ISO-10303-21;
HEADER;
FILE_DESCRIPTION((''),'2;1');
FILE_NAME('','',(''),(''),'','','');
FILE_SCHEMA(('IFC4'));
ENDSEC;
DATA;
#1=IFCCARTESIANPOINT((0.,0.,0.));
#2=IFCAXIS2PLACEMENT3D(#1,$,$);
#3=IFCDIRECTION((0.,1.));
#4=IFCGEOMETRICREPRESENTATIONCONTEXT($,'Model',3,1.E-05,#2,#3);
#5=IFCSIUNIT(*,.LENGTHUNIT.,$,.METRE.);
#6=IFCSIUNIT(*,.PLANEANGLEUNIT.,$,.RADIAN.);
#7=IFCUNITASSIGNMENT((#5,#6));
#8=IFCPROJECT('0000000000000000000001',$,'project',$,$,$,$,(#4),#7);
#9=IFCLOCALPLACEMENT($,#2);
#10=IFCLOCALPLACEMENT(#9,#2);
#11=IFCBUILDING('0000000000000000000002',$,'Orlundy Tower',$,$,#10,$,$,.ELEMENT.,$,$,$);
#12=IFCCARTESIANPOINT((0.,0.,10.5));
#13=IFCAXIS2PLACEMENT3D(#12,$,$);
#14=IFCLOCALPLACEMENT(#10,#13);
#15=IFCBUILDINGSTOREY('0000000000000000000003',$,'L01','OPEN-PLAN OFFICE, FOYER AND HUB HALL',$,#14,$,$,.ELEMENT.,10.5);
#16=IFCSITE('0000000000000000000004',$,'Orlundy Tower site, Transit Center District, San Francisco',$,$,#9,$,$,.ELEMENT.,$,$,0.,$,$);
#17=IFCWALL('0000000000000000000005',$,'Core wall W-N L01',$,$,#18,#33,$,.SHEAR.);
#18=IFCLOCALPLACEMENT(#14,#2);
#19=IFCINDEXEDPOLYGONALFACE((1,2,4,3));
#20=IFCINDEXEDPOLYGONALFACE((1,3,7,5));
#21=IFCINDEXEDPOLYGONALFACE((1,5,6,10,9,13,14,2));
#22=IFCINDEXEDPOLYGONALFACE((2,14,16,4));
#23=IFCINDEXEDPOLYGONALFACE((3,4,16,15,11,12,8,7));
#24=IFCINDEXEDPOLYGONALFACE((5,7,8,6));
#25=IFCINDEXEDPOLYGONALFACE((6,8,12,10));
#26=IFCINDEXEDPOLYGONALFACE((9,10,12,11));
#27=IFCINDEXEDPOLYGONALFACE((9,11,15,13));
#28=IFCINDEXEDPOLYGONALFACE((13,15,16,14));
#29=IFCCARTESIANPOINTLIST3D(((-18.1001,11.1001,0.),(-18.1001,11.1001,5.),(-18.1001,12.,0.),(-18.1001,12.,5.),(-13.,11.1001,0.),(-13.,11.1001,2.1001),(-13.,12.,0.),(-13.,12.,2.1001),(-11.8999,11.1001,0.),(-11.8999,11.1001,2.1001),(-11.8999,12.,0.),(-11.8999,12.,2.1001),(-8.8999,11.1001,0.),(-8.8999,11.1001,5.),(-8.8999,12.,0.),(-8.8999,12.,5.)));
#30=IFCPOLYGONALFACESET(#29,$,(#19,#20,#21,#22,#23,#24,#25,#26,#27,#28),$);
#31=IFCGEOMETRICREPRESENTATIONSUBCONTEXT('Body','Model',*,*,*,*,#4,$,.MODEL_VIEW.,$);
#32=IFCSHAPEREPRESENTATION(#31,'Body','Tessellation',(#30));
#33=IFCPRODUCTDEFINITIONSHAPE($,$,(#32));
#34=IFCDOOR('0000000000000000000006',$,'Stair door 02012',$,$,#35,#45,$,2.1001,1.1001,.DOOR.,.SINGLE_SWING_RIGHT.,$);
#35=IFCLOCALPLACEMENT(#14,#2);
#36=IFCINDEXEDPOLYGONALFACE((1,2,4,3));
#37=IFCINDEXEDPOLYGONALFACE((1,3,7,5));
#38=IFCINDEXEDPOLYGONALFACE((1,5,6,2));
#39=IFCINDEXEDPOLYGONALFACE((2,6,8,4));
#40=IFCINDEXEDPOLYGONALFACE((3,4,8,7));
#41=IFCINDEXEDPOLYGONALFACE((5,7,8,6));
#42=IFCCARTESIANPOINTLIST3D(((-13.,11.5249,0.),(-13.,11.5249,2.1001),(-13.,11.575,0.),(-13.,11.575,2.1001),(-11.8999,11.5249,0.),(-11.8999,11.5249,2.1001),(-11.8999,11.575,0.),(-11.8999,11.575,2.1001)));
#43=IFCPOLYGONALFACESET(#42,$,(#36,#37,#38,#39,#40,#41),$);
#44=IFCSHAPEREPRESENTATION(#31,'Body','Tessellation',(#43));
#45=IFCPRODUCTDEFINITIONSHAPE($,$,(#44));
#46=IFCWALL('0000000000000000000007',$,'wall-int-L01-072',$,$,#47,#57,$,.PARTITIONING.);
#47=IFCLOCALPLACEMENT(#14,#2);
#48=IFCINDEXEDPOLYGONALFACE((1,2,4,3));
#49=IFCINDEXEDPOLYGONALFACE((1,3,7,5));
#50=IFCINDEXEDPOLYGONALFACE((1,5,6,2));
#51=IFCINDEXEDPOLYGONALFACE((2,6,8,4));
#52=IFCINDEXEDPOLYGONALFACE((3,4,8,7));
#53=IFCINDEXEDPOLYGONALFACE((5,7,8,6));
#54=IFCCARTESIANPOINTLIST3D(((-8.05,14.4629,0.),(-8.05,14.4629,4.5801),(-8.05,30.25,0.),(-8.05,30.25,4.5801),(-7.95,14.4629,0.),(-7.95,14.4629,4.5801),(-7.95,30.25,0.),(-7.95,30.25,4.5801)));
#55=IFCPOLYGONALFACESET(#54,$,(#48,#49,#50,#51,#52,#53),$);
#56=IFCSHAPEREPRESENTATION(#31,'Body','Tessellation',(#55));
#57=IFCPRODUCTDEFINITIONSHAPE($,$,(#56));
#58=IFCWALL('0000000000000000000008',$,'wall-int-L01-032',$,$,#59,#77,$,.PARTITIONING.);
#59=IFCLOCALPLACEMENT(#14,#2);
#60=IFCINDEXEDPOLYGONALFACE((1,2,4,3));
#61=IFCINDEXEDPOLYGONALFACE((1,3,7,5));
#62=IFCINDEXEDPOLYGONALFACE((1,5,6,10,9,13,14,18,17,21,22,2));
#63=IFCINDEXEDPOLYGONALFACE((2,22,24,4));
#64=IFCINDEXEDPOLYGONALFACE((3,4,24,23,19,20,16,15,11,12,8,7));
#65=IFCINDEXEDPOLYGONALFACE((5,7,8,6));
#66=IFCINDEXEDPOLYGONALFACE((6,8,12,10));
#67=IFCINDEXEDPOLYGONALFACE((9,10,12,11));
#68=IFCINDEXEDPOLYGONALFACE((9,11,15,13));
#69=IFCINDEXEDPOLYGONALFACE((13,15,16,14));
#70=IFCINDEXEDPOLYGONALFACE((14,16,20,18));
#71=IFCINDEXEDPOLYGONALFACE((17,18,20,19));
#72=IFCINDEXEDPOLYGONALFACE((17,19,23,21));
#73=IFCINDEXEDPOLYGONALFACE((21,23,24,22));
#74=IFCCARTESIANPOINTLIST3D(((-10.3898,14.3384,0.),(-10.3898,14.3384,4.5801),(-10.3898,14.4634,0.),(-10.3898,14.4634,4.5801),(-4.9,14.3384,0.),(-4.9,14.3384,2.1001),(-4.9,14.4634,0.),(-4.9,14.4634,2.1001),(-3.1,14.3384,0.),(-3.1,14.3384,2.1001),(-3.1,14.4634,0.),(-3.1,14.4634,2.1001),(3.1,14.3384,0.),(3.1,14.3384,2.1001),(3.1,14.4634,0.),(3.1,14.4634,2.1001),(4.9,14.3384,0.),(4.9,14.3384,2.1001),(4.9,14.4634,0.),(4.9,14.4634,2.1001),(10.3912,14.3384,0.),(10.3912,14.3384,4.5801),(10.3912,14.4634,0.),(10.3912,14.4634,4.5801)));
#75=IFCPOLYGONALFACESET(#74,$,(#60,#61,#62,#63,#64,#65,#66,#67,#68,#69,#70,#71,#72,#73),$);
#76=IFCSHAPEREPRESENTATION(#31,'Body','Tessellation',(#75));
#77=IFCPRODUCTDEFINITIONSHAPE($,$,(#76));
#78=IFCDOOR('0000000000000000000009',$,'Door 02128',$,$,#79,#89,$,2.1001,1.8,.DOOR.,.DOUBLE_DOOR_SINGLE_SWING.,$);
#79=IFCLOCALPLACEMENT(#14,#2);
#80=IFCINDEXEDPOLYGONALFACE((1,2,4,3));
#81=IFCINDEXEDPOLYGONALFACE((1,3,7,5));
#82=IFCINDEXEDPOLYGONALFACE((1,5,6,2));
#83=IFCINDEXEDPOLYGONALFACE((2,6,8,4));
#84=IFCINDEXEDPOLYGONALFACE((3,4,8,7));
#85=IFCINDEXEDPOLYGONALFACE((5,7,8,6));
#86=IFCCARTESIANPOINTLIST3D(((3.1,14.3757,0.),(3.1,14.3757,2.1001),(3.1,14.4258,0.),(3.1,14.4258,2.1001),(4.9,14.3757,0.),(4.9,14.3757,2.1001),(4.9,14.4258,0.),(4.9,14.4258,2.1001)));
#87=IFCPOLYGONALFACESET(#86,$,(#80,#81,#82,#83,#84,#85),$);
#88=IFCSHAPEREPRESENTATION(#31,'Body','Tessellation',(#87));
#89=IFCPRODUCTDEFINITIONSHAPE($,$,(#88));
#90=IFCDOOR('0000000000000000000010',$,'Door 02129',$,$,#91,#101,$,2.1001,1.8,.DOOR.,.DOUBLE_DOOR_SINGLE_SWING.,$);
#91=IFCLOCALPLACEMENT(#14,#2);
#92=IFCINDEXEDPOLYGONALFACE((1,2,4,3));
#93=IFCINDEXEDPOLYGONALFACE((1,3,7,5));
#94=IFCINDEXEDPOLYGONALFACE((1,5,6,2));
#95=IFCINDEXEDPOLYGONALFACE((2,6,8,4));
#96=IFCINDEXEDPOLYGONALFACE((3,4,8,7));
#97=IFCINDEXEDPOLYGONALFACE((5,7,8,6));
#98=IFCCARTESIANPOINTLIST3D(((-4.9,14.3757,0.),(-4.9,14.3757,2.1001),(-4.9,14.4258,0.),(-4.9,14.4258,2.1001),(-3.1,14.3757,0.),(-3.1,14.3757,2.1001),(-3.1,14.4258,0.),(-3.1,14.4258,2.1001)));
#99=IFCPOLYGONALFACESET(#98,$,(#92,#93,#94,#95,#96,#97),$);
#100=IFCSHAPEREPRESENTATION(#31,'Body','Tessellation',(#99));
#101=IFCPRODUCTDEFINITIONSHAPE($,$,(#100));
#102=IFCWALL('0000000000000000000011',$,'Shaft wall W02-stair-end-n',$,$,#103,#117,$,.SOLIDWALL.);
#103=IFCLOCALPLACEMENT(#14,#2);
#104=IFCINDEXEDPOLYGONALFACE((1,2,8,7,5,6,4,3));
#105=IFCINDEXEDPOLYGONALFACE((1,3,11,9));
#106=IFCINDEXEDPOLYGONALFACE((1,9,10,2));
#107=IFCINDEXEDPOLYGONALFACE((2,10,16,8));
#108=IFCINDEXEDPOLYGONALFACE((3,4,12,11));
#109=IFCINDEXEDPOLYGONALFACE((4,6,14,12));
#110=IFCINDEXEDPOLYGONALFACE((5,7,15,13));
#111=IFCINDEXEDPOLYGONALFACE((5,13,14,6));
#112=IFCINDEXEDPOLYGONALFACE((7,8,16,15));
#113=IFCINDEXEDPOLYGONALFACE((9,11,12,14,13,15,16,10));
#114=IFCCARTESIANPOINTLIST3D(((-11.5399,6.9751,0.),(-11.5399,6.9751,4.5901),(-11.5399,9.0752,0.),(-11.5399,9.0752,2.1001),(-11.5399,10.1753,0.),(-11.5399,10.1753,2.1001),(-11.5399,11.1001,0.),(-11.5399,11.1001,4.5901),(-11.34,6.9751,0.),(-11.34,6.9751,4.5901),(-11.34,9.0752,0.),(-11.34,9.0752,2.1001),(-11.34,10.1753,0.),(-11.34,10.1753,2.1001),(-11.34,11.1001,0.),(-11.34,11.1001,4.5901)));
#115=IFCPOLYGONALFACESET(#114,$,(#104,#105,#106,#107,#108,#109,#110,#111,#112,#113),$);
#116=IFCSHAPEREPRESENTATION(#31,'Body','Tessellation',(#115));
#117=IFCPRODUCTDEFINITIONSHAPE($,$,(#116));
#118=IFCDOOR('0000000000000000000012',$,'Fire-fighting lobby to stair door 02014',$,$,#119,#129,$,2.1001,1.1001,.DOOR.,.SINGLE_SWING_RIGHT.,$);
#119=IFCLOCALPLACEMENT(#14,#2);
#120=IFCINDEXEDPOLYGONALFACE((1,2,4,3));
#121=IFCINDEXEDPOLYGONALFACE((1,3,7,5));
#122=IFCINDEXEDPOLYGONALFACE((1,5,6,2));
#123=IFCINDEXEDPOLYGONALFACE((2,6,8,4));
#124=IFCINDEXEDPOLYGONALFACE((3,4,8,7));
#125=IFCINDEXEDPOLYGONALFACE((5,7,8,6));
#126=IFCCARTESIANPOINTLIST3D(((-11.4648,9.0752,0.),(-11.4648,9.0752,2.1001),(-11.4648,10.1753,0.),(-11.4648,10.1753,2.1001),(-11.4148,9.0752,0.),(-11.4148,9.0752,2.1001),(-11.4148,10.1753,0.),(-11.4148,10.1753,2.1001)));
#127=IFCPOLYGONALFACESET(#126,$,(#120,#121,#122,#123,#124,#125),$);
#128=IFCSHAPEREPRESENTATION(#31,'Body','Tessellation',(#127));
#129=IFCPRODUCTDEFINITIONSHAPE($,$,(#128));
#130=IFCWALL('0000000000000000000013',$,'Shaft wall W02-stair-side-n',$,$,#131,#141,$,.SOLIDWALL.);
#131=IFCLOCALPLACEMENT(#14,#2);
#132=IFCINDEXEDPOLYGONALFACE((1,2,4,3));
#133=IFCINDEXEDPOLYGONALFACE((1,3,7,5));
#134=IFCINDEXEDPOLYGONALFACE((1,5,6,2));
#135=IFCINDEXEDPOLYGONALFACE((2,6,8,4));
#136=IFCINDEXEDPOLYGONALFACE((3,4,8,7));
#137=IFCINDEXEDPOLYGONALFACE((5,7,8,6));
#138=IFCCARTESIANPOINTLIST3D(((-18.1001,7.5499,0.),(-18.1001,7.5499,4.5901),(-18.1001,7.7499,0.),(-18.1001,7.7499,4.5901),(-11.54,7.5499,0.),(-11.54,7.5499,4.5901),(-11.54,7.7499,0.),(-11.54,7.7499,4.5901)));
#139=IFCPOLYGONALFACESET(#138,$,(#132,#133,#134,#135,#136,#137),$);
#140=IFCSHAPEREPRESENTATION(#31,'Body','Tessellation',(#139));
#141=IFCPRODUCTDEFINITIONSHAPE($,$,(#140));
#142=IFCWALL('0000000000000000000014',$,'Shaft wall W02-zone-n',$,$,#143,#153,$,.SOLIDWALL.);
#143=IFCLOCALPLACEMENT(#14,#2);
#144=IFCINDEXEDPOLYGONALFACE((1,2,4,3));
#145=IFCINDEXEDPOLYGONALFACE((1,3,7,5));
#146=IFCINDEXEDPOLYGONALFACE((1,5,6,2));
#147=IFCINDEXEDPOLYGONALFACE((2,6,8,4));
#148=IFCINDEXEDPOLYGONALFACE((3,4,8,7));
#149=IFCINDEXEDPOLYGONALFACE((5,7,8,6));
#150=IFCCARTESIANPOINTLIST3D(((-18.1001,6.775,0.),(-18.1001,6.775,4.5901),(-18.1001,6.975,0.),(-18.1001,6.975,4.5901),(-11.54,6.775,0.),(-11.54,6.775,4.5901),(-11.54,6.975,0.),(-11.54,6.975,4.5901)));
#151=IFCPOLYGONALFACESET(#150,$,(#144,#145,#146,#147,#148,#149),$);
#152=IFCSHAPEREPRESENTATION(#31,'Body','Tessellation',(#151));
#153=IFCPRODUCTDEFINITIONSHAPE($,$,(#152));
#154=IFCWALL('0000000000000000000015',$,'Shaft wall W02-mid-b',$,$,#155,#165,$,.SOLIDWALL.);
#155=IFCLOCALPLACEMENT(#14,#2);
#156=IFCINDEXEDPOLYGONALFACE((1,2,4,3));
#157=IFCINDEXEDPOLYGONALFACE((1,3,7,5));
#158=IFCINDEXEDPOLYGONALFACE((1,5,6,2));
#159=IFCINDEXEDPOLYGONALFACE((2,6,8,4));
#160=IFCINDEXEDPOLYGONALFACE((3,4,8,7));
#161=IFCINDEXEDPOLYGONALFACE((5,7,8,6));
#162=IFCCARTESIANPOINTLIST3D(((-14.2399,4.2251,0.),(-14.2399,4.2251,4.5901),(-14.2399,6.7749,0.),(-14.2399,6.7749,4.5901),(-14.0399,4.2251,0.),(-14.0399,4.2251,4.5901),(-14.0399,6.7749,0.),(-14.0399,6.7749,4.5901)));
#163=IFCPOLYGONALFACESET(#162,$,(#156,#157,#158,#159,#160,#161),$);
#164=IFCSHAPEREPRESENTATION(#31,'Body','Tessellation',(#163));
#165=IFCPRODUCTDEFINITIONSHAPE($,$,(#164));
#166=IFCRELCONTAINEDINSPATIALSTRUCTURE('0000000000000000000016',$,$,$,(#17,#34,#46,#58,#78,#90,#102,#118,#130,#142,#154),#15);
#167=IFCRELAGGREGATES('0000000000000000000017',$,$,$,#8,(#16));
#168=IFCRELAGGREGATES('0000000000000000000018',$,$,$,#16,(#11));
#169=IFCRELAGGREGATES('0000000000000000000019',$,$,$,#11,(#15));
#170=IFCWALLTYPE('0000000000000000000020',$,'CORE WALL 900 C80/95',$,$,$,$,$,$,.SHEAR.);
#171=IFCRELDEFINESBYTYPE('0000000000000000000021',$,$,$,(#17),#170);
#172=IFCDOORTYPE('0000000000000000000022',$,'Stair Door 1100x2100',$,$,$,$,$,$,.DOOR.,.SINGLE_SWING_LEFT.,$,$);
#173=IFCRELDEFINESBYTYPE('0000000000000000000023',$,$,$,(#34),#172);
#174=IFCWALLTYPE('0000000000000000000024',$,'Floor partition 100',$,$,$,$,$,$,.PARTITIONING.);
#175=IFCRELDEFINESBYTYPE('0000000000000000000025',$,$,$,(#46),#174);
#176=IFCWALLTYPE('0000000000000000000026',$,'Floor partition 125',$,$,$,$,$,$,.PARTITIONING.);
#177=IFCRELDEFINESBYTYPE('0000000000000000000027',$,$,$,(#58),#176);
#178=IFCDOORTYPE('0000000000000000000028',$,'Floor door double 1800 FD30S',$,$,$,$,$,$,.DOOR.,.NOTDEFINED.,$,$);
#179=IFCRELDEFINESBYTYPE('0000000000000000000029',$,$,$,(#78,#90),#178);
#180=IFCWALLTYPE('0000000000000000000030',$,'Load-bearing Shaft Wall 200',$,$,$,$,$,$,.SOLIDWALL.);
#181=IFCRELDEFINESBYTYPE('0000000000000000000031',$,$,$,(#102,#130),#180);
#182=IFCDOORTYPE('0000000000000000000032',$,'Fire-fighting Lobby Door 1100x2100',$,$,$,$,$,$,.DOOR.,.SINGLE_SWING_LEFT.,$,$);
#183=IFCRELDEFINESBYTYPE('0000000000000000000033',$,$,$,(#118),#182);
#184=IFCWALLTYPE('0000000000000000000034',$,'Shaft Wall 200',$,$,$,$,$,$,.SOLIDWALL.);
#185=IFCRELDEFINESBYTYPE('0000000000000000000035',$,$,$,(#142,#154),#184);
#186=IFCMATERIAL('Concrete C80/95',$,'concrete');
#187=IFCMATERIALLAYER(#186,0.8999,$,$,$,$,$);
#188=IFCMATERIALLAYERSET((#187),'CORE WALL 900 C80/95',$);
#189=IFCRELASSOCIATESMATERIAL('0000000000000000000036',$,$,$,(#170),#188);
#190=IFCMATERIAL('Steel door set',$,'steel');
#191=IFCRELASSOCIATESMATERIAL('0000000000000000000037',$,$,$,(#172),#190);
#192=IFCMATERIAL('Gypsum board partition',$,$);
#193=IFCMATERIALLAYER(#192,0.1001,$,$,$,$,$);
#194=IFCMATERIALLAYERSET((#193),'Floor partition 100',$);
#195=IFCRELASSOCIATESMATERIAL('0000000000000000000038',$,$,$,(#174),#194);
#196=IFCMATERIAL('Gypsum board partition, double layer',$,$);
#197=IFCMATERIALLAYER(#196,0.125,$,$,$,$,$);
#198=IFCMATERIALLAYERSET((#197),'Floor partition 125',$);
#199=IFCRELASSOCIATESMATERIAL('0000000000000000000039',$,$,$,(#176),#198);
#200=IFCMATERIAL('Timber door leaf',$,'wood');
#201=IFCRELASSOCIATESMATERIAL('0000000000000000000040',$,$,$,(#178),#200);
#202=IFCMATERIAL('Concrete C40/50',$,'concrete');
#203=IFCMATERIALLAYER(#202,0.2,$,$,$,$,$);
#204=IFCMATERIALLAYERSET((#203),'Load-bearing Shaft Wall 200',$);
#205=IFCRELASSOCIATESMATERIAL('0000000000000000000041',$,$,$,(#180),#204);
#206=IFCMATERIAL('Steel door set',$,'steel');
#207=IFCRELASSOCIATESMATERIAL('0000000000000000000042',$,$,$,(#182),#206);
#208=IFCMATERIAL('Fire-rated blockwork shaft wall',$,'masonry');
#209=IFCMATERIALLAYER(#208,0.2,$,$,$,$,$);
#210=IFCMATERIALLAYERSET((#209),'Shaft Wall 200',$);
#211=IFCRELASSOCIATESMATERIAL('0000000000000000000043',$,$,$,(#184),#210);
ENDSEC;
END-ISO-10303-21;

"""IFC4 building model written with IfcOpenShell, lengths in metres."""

from ifc_helpers import new_model, si_unit, direction, frame, frame_2d, origin, place, context, subcontext, project, spatial, rectangle, extrude, material, layer, layer_set, type_object, element, fill, save


model = new_model("IFC4")

# Units and contexts
model_context = context("Model", 3, precision=1e-05, world=origin(), true_north=direction((0.0, 1.0)))
body_context = subcontext(model_context, "Body", "Model", "MODEL_VIEW")
ifc_project = project(units=[si_unit("LENGTHUNIT", "METRE"), si_unit("PLANEANGLEUNIT", "RADIAN")], contexts=[model_context])

# Site, building, storey
site_placement = place(None, origin())
site = spatial("IfcSite", under=ifc_project, at=site_placement, Name="Orlundy Tower site, Transit Center District, San Francisco", CompositionType="ELEMENT", RefElevation=0.0)
building_placement = place(site_placement, origin())
building = spatial("IfcBuilding", under=site, at=building_placement, Name="Orlundy Tower", CompositionType="ELEMENT")
storey_placement = place(building_placement, frame((0.0, 0.0, 10.5)))
storey = spatial("IfcBuildingStorey", under=building, at=storey_placement, Name="L01", Description="OPEN-PLAN OFFICE, FOYER AND HUB HALL", CompositionType="ELEMENT", Elevation=10.5)

# Wall, opening, door
ifc_material_1 = material(Name="Concrete C80/95", Category="concrete")
ifc_layer_1 = layer(ifc_material_1, 0.8999)
ifc_layer_set_1 = layer_set([ifc_layer_1], Name="CORE WALL 900 C80/95")
wall_type_1 = type_object("IfcWallType", Name="CORE WALL 900 C80/95", PredefinedType="SHEAR", material=ifc_layer_set_1)
wall_1_placement = place(storey_placement, frame((-18.1001, 11.55, 0.0), z_axis=(0.0, 0.0, 1.0), x_axis=(1.0, 0.0, 0.0)))
wall_1 = element("IfcWall", 1, at=wall_1_placement, inside=storey, type_object=wall_type_1, Name="Core wall W-N L01", PredefinedType="SHEAR", context=body_context, shape_type="SweptSolid", body=[
    extrude(rectangle(XDim=9.2002, YDim=0.8999, at=frame_2d((4.6001, 0.0))), origin(), (0.0, 0.0, 1.0), 5.0),
])
opening_1_placement = place(wall_1_placement, frame((5.1001, 0.0, 0.0)))
opening_1 = element("IfcOpeningElement", 2, at=opening_1_placement, cuts=wall_1, PredefinedType="OPENING", context=body_context, shape_type="SweptSolid", body=[
    extrude(rectangle(XDim=1.1001, YDim=2.1001, at=frame_2d((0.55, 1.05))), frame((0.0, 0.46, 0.0), z_axis=(0.0, -1.0, 0.0), x_axis=(1.0, 0.0, 0.0)), (0.0, 0.0, 1.0), 0.9199),
])
ifc_material_2 = material(Name="Steel door set", Category="steel")
door_type_1 = type_object("IfcDoorType", Name="Stair Door 1100x2100", OperationType="SINGLE_SWING_LEFT", PredefinedType="DOOR", material=ifc_material_2)
door_1_placement = place(opening_1_placement, origin())
door_1 = element("IfcDoor", 3, at=door_1_placement, inside=storey, type_object=door_type_1, Name="Stair door 02012", OperationType="SINGLE_SWING_RIGHT", OverallHeight=2.1001, OverallWidth=1.1001, PredefinedType="DOOR", context=body_context, shape_type="SweptSolid", body=[
    extrude(rectangle(XDim=1.1001, YDim=2.1001, at=frame_2d((0.55, 1.05))), frame((0.0, 0.0249, 0.0), z_axis=(0.0, -1.0, 0.0), x_axis=(1.0, 0.0, 0.0)), (0.0, 0.0, 1.0), 0.05),
])
fill(opening_1, door_1)

# Wall
ifc_material_3 = material(Name="Gypsum board partition")
ifc_layer_2 = layer(ifc_material_3, 0.1001)
ifc_layer_set_2 = layer_set([ifc_layer_2], Name="Floor partition 100")
wall_type_2 = type_object("IfcWallType", Name="Floor partition 100", PredefinedType="PARTITIONING", material=ifc_layer_set_2)
wall_2_placement = place(storey_placement, frame((-8.0, 14.4629, 0.0), z_axis=(0.0, 0.0, 1.0), x_axis=(0.0, 1.0, 0.0)))
element("IfcWall", 4, at=wall_2_placement, inside=storey, type_object=wall_type_2, Name="wall-int-L01-072", PredefinedType="PARTITIONING", context=body_context, shape_type="SweptSolid", body=[
    extrude(rectangle(XDim=15.7871, YDim=0.1001, at=frame_2d((7.8936, 0.0))), origin(), (0.0, 0.0, 1.0), 4.5801),
])

# Wall, openings, doors
ifc_material_4 = material(Name="Gypsum board partition, double layer")
ifc_layer_3 = layer(ifc_material_4, 0.125)
ifc_layer_set_3 = layer_set([ifc_layer_3], Name="Floor partition 125")
wall_type_3 = type_object("IfcWallType", Name="Floor partition 125", PredefinedType="PARTITIONING", material=ifc_layer_set_3)
wall_3_placement = place(storey_placement, frame((-10.3899, 14.4009, 0.0), z_axis=(0.0, 0.0, 1.0), x_axis=(1.0, 0.0, 0.0)))
wall_3 = element("IfcWall", 5, at=wall_3_placement, inside=storey, type_object=wall_type_3, Name="wall-int-L01-032", PredefinedType="PARTITIONING", context=body_context, shape_type="SweptSolid", body=[
    extrude(rectangle(XDim=20.781, YDim=0.125, at=frame_2d((10.3906, 0.0))), origin(), (0.0, 0.0, 1.0), 4.5801),
])
opening_2_placement = place(wall_3_placement, frame((13.49, 0.0, 0.0)))
opening_2 = element("IfcOpeningElement", 6, at=opening_2_placement, cuts=wall_3, PredefinedType="OPENING", context=body_context, shape_type="SweptSolid", body=[
    extrude(rectangle(XDim=1.8, YDim=2.1001, at=frame_2d((0.8999, 1.05))), frame((0.0, 0.0725, 0.0), z_axis=(0.0, -1.0, 0.0), x_axis=(1.0, 0.0, 0.0)), (0.0, 0.0, 1.0), 0.145),
])
opening_3_placement = place(wall_3_placement, frame((5.49, 0.0, 0.0)))
opening_3 = element("IfcOpeningElement", 7, at=opening_3_placement, cuts=wall_3, PredefinedType="OPENING", context=body_context, shape_type="SweptSolid", body=[
    extrude(rectangle(XDim=1.8, YDim=2.1001, at=frame_2d((0.8999, 1.05))), frame((0.0, 0.0725, 0.0), z_axis=(0.0, -1.0, 0.0), x_axis=(1.0, 0.0, 0.0)), (0.0, 0.0, 1.0), 0.145),
])
ifc_material_5 = material(Name="Timber door leaf", Category="wood")
door_type_2 = type_object("IfcDoorType", Name="Floor door double 1800 FD30S", OperationType="NOTDEFINED", PredefinedType="DOOR", material=ifc_material_5)
door_2_placement = place(opening_2_placement, origin())
door_2 = element("IfcDoor", 8, at=door_2_placement, inside=storey, type_object=door_type_2, Name="Door 02128", OperationType="DOUBLE_DOOR_SINGLE_SWING", OverallHeight=2.1001, OverallWidth=1.8, PredefinedType="DOOR", context=body_context, shape_type="SweptSolid", body=[
    extrude(rectangle(XDim=1.8, YDim=2.1001, at=frame_2d((0.8999, 1.05))), frame((0.0, 0.0249, 0.0), z_axis=(0.0, -1.0, 0.0), x_axis=(1.0, 0.0, 0.0)), (0.0, 0.0, 1.0), 0.05),
])
fill(opening_2, door_2)
door_3_placement = place(opening_3_placement, origin())
door_3 = element("IfcDoor", 9, at=door_3_placement, inside=storey, type_object=door_type_2, Name="Door 02129", OperationType="DOUBLE_DOOR_SINGLE_SWING", OverallHeight=2.1001, OverallWidth=1.8, PredefinedType="DOOR", context=body_context, shape_type="SweptSolid", body=[
    extrude(rectangle(XDim=1.8, YDim=2.1001, at=frame_2d((0.8999, 1.05))), frame((0.0, 0.0249, 0.0), z_axis=(0.0, -1.0, 0.0), x_axis=(1.0, 0.0, 0.0)), (0.0, 0.0, 1.0), 0.05),
])
fill(opening_3, door_3)

# Wall, opening, door
ifc_material_6 = material(Name="Concrete C40/50", Category="concrete")
ifc_layer_4 = layer(ifc_material_6, 0.2)
ifc_layer_set_4 = layer_set([ifc_layer_4], Name="Load-bearing Shaft Wall 200")
wall_type_4 = type_object("IfcWallType", Name="Load-bearing Shaft Wall 200", PredefinedType="SOLIDWALL", material=ifc_layer_set_4)
wall_4_placement = place(storey_placement, frame((-11.4399, 6.9751, 0.0), z_axis=(0.0, 0.0, 1.0), x_axis=(0.0, 1.0, 0.0)))
wall_4 = element("IfcWall", 10, at=wall_4_placement, inside=storey, type_object=wall_type_4, Name="Shaft wall W02-stair-end-n", PredefinedType="SOLIDWALL", context=body_context, shape_type="SweptSolid", body=[
    extrude(rectangle(XDim=4.125, YDim=0.2, at=frame_2d((2.0625, 0.0))), origin(), (0.0, 0.0, 1.0), 4.5901),
])
opening_4_placement = place(wall_4_placement, frame((2.1001, 0.0, 0.0)))
opening_4 = element("IfcOpeningElement", 11, at=opening_4_placement, cuts=wall_4, PredefinedType="OPENING", context=body_context, shape_type="SweptSolid", body=[
    extrude(rectangle(XDim=1.1001, YDim=2.1001, at=frame_2d((0.55, 1.05))), frame((0.0, 0.1101, 0.0), z_axis=(0.0, -1.0, 0.0), x_axis=(1.0, 0.0, 0.0)), (0.0, 0.0, 1.0), 0.2202),
])
ifc_material_7 = material(Name="Steel door set", Category="steel")
door_type_3 = type_object("IfcDoorType", Name="Fire-fighting Lobby Door 1100x2100", OperationType="SINGLE_SWING_LEFT", PredefinedType="DOOR", material=ifc_material_7)
door_4_placement = place(opening_4_placement, origin())
door_4 = element("IfcDoor", 12, at=door_4_placement, inside=storey, type_object=door_type_3, Name="Fire-fighting lobby to stair door 02014", OperationType="SINGLE_SWING_RIGHT", OverallHeight=2.1001, OverallWidth=1.1001, PredefinedType="DOOR", context=body_context, shape_type="SweptSolid", body=[
    extrude(rectangle(XDim=1.1001, YDim=2.1001, at=frame_2d((0.55, 1.05))), frame((0.0, 0.0249, 0.0), z_axis=(0.0, -1.0, 0.0), x_axis=(1.0, 0.0, 0.0)), (0.0, 0.0, 1.0), 0.05),
])
fill(opening_4, door_4)

# Walls
wall_5_placement = place(storey_placement, frame((-11.54, 7.6499, 0.0), z_axis=(0.0, 0.0, 1.0), x_axis=(-1.0, 0.0, 0.0)))
element("IfcWall", 13, at=wall_5_placement, inside=storey, type_object=wall_type_4, Name="Shaft wall W02-stair-side-n", PredefinedType="SOLIDWALL", context=body_context, shape_type="SweptSolid", body=[
    extrude(rectangle(XDim=6.5601, YDim=0.2, at=frame_2d((3.28, 0.0))), origin(), (0.0, 0.0, 1.0), 4.5901),
])
ifc_material_8 = material(Name="Fire-rated blockwork shaft wall", Category="masonry")
ifc_layer_5 = layer(ifc_material_8, 0.2)
ifc_layer_set_5 = layer_set([ifc_layer_5], Name="Shaft Wall 200")
wall_type_5 = type_object("IfcWallType", Name="Shaft Wall 200", PredefinedType="SOLIDWALL", material=ifc_layer_set_5)
wall_6_placement = place(storey_placement, frame((-11.54, 6.875, 0.0), z_axis=(0.0, 0.0, 1.0), x_axis=(-1.0, 0.0, 0.0)))
element("IfcWall", 14, at=wall_6_placement, inside=storey, type_object=wall_type_5, Name="Shaft wall W02-zone-n", PredefinedType="SOLIDWALL", context=body_context, shape_type="SweptSolid", body=[
    extrude(rectangle(XDim=6.5601, YDim=0.2, at=frame_2d((3.28, 0.0))), origin(), (0.0, 0.0, 1.0), 4.5901),
])
wall_7_placement = place(storey_placement, frame((-14.1399, 4.2251, 0.0), z_axis=(0.0, 0.0, 1.0), x_axis=(0.0, 1.0, 0.0)))
element("IfcWall", 15, at=wall_7_placement, inside=storey, type_object=wall_type_5, Name="Shaft wall W02-mid-b", PredefinedType="SOLIDWALL", context=body_context, shape_type="SweptSolid", body=[
    extrude(rectangle(XDim=2.5498, YDim=0.2, at=frame_2d((1.2749, 0.0))), origin(), (0.0, 0.0, 1.0), 4.5901),
])

save(model, "model.ifc")
